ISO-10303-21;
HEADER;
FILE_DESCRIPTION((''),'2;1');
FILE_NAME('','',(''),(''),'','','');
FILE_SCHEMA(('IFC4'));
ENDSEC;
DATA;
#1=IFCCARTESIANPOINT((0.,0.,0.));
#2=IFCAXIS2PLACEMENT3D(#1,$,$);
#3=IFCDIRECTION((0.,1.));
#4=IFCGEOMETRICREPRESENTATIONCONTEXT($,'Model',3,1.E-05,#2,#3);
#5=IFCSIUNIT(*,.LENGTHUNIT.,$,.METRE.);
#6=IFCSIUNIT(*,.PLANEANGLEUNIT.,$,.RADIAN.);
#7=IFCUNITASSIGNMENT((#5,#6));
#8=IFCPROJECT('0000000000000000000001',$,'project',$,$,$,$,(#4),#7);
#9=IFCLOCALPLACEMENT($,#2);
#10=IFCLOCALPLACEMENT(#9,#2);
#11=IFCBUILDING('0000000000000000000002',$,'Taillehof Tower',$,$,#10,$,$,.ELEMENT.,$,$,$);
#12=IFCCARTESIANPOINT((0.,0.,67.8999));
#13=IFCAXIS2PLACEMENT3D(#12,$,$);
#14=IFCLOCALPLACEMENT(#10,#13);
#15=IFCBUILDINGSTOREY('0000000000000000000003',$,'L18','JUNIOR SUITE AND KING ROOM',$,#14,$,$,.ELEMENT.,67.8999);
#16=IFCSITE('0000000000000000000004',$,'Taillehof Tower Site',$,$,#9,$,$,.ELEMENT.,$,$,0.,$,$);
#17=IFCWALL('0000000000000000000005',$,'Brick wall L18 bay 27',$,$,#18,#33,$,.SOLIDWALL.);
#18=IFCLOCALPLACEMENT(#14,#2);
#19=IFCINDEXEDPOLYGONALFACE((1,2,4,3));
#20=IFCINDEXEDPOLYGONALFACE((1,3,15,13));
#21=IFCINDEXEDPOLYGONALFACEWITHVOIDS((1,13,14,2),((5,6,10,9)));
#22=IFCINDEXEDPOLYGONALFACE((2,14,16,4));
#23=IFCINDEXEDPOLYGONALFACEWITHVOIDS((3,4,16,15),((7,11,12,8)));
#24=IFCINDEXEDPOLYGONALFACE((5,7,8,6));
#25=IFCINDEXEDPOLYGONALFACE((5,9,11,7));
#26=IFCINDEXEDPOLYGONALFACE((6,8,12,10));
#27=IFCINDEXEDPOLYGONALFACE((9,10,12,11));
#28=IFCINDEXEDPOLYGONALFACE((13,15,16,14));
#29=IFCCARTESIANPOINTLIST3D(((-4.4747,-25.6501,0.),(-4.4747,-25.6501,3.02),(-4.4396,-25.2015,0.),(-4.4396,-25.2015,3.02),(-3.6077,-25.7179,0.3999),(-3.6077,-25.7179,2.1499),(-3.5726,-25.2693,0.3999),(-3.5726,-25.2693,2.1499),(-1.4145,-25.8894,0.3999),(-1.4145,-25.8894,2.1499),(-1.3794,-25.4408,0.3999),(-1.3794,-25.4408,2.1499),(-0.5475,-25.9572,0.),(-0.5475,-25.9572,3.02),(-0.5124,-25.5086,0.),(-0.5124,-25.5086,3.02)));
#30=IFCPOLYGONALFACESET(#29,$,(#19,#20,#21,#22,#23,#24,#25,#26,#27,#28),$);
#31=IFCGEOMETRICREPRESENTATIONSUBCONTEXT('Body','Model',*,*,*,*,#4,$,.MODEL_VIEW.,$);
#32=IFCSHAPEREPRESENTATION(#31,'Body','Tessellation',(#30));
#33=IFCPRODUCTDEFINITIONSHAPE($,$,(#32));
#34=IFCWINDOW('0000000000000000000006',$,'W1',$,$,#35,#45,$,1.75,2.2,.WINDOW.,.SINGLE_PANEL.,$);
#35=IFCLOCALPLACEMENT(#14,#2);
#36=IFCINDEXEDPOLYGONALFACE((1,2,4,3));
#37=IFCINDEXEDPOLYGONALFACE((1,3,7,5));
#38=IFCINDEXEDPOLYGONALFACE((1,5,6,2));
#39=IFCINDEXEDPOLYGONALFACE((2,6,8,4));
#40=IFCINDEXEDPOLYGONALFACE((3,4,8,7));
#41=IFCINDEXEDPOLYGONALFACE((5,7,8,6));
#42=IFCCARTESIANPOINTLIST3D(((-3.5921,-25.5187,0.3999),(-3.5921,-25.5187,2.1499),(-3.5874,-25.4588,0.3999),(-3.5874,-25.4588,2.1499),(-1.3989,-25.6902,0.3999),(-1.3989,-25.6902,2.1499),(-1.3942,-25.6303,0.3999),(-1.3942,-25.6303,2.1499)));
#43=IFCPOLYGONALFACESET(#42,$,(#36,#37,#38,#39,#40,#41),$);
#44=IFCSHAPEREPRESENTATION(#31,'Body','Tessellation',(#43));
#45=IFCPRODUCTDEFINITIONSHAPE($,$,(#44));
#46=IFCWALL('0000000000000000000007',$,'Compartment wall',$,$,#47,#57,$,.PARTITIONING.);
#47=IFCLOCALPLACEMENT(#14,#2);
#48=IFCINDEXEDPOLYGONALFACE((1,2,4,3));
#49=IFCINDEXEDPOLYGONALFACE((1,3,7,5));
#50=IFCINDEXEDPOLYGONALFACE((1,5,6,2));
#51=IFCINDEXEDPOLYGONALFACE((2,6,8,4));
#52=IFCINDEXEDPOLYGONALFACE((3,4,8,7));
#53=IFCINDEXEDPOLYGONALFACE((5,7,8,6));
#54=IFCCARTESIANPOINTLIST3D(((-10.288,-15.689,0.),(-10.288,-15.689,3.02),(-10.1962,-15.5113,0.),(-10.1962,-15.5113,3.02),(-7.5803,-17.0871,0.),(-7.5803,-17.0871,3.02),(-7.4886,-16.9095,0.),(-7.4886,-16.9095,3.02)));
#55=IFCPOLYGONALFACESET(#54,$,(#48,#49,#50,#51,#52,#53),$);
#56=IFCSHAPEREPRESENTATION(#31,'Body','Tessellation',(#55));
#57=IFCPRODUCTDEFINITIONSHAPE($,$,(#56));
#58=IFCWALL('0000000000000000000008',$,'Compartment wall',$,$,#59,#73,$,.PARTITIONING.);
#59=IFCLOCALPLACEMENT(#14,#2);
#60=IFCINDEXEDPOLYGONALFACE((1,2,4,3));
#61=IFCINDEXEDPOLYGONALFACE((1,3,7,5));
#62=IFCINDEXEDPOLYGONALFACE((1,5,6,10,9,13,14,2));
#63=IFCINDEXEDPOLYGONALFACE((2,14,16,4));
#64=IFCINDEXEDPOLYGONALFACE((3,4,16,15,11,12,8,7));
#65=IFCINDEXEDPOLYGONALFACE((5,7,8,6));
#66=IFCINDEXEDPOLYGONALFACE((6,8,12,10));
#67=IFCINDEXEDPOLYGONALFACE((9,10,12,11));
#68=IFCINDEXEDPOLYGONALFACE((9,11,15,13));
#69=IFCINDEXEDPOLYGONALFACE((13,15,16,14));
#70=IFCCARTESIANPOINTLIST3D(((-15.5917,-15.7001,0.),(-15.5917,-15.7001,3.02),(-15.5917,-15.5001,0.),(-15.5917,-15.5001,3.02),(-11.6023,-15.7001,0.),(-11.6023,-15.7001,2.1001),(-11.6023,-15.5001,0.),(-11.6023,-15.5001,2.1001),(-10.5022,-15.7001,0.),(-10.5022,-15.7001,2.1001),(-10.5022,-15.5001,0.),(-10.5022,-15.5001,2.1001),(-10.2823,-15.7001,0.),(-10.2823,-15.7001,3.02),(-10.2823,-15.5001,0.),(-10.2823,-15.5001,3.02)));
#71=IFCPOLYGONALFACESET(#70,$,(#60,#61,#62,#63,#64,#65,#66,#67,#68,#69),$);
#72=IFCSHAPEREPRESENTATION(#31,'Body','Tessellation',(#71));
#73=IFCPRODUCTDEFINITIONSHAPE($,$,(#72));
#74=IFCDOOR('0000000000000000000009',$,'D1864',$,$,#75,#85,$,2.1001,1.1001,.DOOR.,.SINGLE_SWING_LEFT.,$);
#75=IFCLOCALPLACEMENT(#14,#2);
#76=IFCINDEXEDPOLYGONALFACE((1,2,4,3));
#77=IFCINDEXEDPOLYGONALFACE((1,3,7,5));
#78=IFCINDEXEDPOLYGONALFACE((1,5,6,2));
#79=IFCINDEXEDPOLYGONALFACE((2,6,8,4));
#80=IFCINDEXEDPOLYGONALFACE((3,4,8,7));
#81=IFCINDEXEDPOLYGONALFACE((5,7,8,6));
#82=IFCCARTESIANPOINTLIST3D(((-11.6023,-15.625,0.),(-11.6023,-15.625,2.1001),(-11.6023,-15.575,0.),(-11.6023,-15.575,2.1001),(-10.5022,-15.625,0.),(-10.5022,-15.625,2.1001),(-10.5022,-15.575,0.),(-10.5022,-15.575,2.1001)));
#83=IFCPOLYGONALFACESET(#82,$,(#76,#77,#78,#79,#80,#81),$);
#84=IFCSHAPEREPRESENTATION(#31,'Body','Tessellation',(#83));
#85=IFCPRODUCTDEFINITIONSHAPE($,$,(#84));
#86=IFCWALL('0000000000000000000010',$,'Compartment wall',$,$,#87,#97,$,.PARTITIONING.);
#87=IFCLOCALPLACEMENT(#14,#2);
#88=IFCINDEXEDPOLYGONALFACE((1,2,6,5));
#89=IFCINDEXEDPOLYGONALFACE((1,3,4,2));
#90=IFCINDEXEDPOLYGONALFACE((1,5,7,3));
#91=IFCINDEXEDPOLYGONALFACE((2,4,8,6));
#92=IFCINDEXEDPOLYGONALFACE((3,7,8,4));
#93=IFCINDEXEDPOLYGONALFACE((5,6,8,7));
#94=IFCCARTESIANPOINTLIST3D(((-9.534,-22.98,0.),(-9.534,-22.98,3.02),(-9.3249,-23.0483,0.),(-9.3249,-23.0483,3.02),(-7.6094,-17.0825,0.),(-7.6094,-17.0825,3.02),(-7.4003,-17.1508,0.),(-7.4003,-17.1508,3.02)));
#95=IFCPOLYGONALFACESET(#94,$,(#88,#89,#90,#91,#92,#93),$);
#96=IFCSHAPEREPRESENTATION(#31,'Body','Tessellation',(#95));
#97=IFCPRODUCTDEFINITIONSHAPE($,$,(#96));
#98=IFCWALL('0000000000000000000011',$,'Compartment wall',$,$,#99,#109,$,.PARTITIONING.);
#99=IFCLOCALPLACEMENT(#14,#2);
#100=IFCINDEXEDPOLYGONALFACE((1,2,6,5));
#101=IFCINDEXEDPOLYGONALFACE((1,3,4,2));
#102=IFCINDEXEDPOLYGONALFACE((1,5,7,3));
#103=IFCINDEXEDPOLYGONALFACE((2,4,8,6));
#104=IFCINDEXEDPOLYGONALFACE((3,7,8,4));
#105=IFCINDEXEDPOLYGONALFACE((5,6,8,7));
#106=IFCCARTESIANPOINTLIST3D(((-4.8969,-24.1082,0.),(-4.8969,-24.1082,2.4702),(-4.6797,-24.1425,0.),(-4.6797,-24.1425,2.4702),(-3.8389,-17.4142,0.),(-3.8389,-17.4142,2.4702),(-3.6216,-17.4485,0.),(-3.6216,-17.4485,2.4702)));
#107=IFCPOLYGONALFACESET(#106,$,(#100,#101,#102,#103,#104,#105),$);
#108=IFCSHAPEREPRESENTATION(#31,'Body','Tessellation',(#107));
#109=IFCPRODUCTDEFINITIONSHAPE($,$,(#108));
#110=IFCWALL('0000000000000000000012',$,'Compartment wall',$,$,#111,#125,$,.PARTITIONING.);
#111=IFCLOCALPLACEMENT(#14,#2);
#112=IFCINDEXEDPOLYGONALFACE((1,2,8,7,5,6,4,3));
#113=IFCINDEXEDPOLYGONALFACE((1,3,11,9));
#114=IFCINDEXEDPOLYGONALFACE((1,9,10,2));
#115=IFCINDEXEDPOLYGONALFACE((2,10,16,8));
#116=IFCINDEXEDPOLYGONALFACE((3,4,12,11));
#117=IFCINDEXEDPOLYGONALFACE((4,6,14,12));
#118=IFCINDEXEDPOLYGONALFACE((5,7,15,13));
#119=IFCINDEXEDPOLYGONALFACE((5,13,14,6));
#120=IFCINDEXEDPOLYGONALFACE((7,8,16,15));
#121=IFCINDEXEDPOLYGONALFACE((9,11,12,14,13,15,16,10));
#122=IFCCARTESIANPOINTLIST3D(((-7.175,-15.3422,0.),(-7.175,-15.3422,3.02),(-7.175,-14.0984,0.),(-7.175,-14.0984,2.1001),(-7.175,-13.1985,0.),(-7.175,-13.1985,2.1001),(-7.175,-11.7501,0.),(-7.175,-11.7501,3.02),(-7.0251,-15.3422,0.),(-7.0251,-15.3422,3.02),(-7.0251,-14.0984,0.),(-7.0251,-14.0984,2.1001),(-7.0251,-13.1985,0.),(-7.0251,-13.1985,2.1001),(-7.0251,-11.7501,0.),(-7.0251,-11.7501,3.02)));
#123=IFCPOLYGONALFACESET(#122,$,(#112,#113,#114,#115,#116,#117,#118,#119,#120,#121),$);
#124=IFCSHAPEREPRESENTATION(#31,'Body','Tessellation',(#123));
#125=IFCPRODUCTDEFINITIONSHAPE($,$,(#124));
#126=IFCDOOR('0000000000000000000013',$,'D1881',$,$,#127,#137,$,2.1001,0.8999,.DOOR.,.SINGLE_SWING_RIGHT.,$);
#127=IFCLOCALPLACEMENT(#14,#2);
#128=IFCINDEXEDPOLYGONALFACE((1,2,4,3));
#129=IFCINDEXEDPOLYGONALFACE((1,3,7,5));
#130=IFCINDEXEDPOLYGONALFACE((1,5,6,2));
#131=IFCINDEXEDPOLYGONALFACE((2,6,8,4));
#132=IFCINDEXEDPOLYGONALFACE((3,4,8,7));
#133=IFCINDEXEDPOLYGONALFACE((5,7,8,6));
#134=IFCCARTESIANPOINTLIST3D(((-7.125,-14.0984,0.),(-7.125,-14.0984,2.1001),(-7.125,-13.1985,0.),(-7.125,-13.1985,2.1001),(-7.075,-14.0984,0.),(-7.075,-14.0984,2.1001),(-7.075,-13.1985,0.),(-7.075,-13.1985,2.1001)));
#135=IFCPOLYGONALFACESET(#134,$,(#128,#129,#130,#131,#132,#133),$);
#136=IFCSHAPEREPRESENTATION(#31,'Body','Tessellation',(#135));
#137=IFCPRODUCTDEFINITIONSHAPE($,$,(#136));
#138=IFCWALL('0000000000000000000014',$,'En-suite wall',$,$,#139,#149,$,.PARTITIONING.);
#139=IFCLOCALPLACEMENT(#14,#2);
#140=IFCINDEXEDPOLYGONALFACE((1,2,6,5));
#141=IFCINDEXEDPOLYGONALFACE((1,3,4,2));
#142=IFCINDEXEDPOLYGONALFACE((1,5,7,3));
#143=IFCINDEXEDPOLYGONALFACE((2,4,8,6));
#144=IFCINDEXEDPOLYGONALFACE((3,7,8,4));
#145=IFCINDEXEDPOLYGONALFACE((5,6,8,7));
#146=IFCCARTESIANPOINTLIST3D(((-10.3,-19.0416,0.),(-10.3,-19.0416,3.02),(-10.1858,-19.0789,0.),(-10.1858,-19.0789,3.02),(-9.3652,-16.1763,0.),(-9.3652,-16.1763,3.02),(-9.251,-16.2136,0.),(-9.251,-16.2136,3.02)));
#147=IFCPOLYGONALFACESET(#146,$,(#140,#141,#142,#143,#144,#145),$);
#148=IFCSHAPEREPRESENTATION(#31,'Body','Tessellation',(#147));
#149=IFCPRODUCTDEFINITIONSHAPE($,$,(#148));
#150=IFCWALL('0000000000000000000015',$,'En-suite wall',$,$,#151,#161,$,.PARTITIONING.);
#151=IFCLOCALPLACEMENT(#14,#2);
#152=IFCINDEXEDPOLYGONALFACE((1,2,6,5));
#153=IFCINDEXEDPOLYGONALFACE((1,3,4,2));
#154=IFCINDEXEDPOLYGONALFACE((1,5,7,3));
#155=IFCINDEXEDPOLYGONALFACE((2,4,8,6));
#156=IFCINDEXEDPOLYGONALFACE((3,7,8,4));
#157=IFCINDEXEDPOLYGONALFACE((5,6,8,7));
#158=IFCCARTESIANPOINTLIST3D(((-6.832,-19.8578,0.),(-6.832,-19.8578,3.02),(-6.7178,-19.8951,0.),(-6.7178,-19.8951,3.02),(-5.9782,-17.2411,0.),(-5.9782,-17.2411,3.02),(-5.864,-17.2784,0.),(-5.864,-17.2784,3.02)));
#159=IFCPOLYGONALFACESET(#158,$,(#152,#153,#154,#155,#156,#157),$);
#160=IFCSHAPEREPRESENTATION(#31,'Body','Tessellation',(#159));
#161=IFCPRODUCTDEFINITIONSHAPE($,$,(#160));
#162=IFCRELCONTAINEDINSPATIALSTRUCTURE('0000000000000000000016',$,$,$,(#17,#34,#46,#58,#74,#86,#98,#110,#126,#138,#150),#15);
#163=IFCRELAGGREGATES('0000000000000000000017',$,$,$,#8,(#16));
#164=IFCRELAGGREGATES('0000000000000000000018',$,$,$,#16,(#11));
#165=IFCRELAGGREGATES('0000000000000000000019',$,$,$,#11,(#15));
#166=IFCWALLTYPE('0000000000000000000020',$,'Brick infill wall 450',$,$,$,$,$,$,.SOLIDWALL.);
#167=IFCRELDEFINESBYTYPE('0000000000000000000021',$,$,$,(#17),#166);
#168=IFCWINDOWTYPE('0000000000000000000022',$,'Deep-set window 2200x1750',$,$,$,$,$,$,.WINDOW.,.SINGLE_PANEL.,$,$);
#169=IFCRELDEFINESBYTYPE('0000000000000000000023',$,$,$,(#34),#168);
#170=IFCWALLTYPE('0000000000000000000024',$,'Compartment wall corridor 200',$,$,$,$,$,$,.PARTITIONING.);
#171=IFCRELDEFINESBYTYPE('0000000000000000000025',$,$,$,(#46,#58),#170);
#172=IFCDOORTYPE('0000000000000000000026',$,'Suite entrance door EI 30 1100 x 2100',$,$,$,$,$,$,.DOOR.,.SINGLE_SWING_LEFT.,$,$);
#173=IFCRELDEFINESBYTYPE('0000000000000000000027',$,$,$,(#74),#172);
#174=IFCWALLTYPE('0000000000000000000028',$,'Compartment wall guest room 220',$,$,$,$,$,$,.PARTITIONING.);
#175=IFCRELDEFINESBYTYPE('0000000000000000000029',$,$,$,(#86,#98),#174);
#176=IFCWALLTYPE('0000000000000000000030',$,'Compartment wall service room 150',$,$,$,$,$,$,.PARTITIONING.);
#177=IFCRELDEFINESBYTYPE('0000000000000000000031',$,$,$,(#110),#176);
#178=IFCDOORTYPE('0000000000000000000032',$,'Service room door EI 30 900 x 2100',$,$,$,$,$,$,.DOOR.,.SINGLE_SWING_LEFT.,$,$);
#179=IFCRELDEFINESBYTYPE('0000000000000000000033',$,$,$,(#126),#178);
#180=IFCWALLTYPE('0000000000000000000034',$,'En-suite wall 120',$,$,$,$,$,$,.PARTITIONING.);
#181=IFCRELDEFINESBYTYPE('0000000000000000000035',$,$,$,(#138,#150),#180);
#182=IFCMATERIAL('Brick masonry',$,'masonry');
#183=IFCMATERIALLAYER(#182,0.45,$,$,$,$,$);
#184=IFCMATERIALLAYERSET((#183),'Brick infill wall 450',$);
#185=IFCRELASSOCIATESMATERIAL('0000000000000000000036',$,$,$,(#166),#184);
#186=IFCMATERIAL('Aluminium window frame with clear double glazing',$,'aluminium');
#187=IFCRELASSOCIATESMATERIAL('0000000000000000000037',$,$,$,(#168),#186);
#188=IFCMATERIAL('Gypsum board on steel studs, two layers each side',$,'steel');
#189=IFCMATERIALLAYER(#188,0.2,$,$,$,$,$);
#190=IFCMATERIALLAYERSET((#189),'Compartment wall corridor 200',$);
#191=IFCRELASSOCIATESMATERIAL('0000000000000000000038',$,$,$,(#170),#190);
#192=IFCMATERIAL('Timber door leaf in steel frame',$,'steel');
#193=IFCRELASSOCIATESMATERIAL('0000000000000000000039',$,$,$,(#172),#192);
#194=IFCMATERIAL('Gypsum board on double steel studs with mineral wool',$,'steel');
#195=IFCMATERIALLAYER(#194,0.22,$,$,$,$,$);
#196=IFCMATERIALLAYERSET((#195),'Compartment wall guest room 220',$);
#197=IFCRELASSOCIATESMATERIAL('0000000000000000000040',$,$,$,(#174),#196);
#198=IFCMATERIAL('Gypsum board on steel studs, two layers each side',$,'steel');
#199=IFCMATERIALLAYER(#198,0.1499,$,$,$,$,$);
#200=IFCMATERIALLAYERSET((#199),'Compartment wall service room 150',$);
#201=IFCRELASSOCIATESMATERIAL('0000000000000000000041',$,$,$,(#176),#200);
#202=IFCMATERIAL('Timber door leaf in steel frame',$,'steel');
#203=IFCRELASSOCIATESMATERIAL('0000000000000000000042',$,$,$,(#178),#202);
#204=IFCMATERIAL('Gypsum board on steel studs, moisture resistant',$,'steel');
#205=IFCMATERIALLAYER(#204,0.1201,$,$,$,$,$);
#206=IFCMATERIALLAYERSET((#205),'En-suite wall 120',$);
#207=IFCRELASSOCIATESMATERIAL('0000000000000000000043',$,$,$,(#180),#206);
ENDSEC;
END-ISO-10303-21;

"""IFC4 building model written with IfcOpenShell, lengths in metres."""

from ifc_helpers import new_model, si_unit, direction, frame, frame_2d, origin, place, context, subcontext, project, spatial, rectangle, extrude, material, layer, layer_set, type_object, element, fill, save


model = new_model("IFC4")

# Units and contexts
model_context = context("Model", 3, precision=1e-05, world=origin(), true_north=direction((0.0, 1.0)))
body_context = subcontext(model_context, "Body", "Model", "MODEL_VIEW")
ifc_project = project(units=[si_unit("LENGTHUNIT", "METRE"), si_unit("PLANEANGLEUNIT", "RADIAN")], contexts=[model_context])

# Site, building, storey
site_placement = place(None, origin())
site = spatial("IfcSite", under=ifc_project, at=site_placement, Name="Taillehof Tower Site", CompositionType="ELEMENT", RefElevation=0.0)
building_placement = place(site_placement, origin())
building = spatial("IfcBuilding", under=site, at=building_placement, Name="Taillehof Tower", CompositionType="ELEMENT")
storey_placement = place(building_placement, frame((0.0, 0.0, 67.8999)))
storey = spatial("IfcBuildingStorey", under=building, at=storey_placement, Name="L18", Description="JUNIOR SUITE AND KING ROOM", CompositionType="ELEMENT", Elevation=67.8999)

# Wall, opening, window
ifc_material_1 = material(Name="Brick masonry", Category="masonry")
ifc_layer_1 = layer(ifc_material_1, 0.45)
ifc_layer_set_1 = layer_set([ifc_layer_1], Name="Brick infill wall 450")
wall_type_1 = type_object("IfcWallType", Name="Brick infill wall 450", PredefinedType="SOLIDWALL", material=ifc_layer_set_1)
ifc_material_2 = material(Name="Aluminium window frame with clear double glazing", Category="aluminium")
window_type = type_object("IfcWindowType", Name="Deep-set window 2200x1750", PartitioningType="SINGLE_PANEL", PredefinedType="WINDOW", material=ifc_material_2)
wall_1_placement = place(storey_placement, frame((-4.4573, -25.4258, 0.0), z_axis=(0.0, 0.0, 1.0), x_axis=(0.996956, -0.077967, 0.0)))
wall_1 = element("IfcWall", 1, at=wall_1_placement, inside=storey, type_object=wall_type_1, Name="Brick wall L18 bay 27", PredefinedType="SOLIDWALL", context=body_context, shape_type="SweptSolid", body=[
    extrude(rectangle(XDim=3.9392, YDim=0.45, at=frame_2d((1.9697, 0.0))), origin(), (0.0, 0.0, 1.0), 3.02),
])
opening_1_placement = place(wall_1_placement, frame((0.8696, 0.0, 0.3999)))
opening_1 = element("IfcOpeningElement", 2, at=opening_1_placement, cuts=wall_1, PredefinedType="OPENING", context=body_context, shape_type="SweptSolid", body=[
    extrude(rectangle(XDim=2.2, YDim=1.75, at=frame_2d((1.1001, 0.875))), frame((0.0, 0.2349, 0.0), z_axis=(0.0, -1.0, 0.0), x_axis=(1.0, 0.0, 0.0)), (0.0, 0.0, 1.0), 0.47),
])
window_1_placement = place(opening_1_placement, origin())
window_1 = element("IfcWindow", 3, at=window_1_placement, inside=storey, type_object=window_type, Name="W1", OverallHeight=1.75, OverallWidth=2.2, PartitioningType="SINGLE_PANEL", PredefinedType="WINDOW", context=body_context, shape_type="SweptSolid", body=[
    extrude(rectangle(XDim=2.2, YDim=1.75, at=frame_2d((1.1001, 0.875))), frame((0.0, 0.0349, 0.0), z_axis=(0.0, -1.0, 0.0), x_axis=(1.0, 0.0, 0.0)), (0.0, 0.0, 1.0), 0.0601),
])
fill(opening_1, window_1)

# Wall
ifc_material_3 = material(Name="Gypsum board on steel studs, two layers each side", Category="steel")
ifc_layer_2 = layer(ifc_material_3, 0.2)
ifc_layer_set_2 = layer_set([ifc_layer_2], Name="Compartment wall corridor 200")
wall_type_2 = type_object("IfcWallType", Name="Compartment wall corridor 200", PredefinedType="PARTITIONING", material=ifc_layer_set_2)
wall_2_placement = place(storey_placement, frame((-7.5344, -16.9983, 0.0), z_axis=(0.0, 0.0, 1.0), x_axis=(-0.888535, 0.458808, 0.0)))
element("IfcWall", 4, at=wall_2_placement, inside=storey, type_object=wall_type_2, Name="Compartment wall", PredefinedType="PARTITIONING", context=body_context, shape_type="SweptSolid", body=[
    extrude(rectangle(XDim=3.0474, YDim=0.2, at=frame_2d((1.5237, 0.0))), origin(), (0.0, 0.0, 1.0), 3.02),
])

# Wall, opening, door
wall_3_placement = place(storey_placement, frame((-10.2822, -15.6001, 0.0), z_axis=(0.0, 0.0, 1.0), x_axis=(-1.0, 0.0, 0.0)))
wall_3 = element("IfcWall", 5, at=wall_3_placement, inside=storey, type_object=wall_type_2, Name="Compartment wall", PredefinedType="PARTITIONING", context=body_context, shape_type="SweptSolid", body=[
    extrude(rectangle(XDim=5.3093, YDim=0.2, at=frame_2d((2.6548, 0.0))), origin(), (0.0, 0.0, 1.0), 3.02),
])
opening_2_placement = place(wall_3_placement, frame((0.22, 0.0, 0.0)))
opening_2 = element("IfcOpeningElement", 6, at=opening_2_placement, cuts=wall_3, PredefinedType="OPENING", context=body_context, shape_type="SweptSolid", body=[
    extrude(rectangle(XDim=1.1001, YDim=2.1001, at=frame_2d((0.55, 1.05))), frame((0.0, 0.1099, 0.0), z_axis=(0.0, -1.0, 0.0), x_axis=(1.0, 0.0, 0.0)), (0.0, 0.0, 1.0), 0.22),
])
ifc_material_4 = material(Name="Timber door leaf in steel frame", Category="steel")
door_type_1 = type_object("IfcDoorType", Name="Suite entrance door EI 30 1100 x 2100", OperationType="SINGLE_SWING_LEFT", PredefinedType="DOOR", material=ifc_material_4)
door_1_placement = place(opening_2_placement, origin())
door_1 = element("IfcDoor", 7, at=door_1_placement, inside=storey, type_object=door_type_1, Name="D1864", OperationType="SINGLE_SWING_LEFT", OverallHeight=2.1001, OverallWidth=1.1001, PredefinedType="DOOR", context=body_context, shape_type="SweptSolid", body=[
    extrude(rectangle(XDim=1.1001, YDim=2.1001, at=frame_2d((0.55, 1.05))), frame((0.0, 0.0249, 0.0), z_axis=(0.0, -1.0, 0.0), x_axis=(1.0, 0.0, 0.0)), (0.0, 0.0, 1.0), 0.05),
])
fill(opening_2, door_1)

# Walls
ifc_material_5 = material(Name="Gypsum board on double steel studs with mineral wool", Category="steel")
ifc_layer_3 = layer(ifc_material_5, 0.22)
ifc_layer_set_3 = layer_set([ifc_layer_3], Name="Compartment wall guest room 220")
wall_type_3 = type_object("IfcWallType", Name="Compartment wall guest room 220", PredefinedType="PARTITIONING", material=ifc_layer_set_3)
wall_4_placement = place(storey_placement, frame((-9.4294, -23.0142, 0.0), z_axis=(0.0, 0.0, 1.0), x_axis=(0.310236, 0.95066, 0.0)))
element("IfcWall", 8, at=wall_4_placement, inside=storey, type_object=wall_type_3, Name="Compartment wall", PredefinedType="PARTITIONING", context=body_context, shape_type="SweptSolid", body=[
    extrude(rectangle(XDim=6.2036, YDim=0.22, at=frame_2d((3.1018, 0.0))), origin(), (0.0, 0.0, 1.0), 3.02),
])
wall_5_placement = place(storey_placement, frame((-4.7883, -24.1255, 0.0), z_axis=(0.0, 0.0, 1.0), x_axis=(0.156127, 0.987737, 0.0)))
element("IfcWall", 9, at=wall_5_placement, inside=storey, type_object=wall_type_3, Name="Compartment wall", PredefinedType="PARTITIONING", context=body_context, shape_type="SweptSolid", body=[
    extrude(rectangle(XDim=6.7771, YDim=0.22, at=frame_2d((3.3887, 0.0))), origin(), (0.0, 0.0, 1.0), 2.4702),
])

# Wall, opening, door
ifc_material_6 = material(Name="Gypsum board on steel studs, two layers each side", Category="steel")
ifc_layer_4 = layer(ifc_material_6, 0.1499)
ifc_layer_set_4 = layer_set([ifc_layer_4], Name="Compartment wall service room 150")
wall_type_4 = type_object("IfcWallType", Name="Compartment wall service room 150", PredefinedType="PARTITIONING", material=ifc_layer_set_4)
wall_6_placement = place(storey_placement, frame((-7.1001, -15.342, 0.0), z_axis=(0.0, 0.0, 1.0), x_axis=(0.0, 1.0, 0.0)))
wall_6 = element("IfcWall", 10, at=wall_6_placement, inside=storey, type_object=wall_type_4, Name="Compartment wall", PredefinedType="PARTITIONING", context=body_context, shape_type="SweptSolid", body=[
    extrude(rectangle(XDim=3.592, YDim=0.1499, at=frame_2d((1.7959, 0.0))), origin(), (0.0, 0.0, 1.0), 3.02),
])
opening_3_placement = place(wall_6_placement, frame((1.2437, 0.0, 0.0)))
opening_3 = element("IfcOpeningElement", 11, at=opening_3_placement, cuts=wall_6, PredefinedType="OPENING", context=body_context, shape_type="SweptSolid", body=[
    extrude(rectangle(XDim=0.8999, YDim=2.1001, at=frame_2d((0.45, 1.05))), frame((0.0, 0.085, 0.0), z_axis=(0.0, -1.0, 0.0), x_axis=(1.0, 0.0, 0.0)), (0.0, 0.0, 1.0), 0.1699),
])
ifc_material_7 = material(Name="Timber door leaf in steel frame", Category="steel")
door_type_2 = type_object("IfcDoorType", Name="Service room door EI 30 900 x 2100", OperationType="SINGLE_SWING_LEFT", PredefinedType="DOOR", material=ifc_material_7)
door_2_placement = place(opening_3_placement, origin())
door_2 = element("IfcDoor", 12, at=door_2_placement, inside=storey, type_object=door_type_2, Name="D1881", OperationType="SINGLE_SWING_RIGHT", OverallHeight=2.1001, OverallWidth=0.8999, PredefinedType="DOOR", context=body_context, shape_type="SweptSolid", body=[
    extrude(rectangle(XDim=0.8999, YDim=2.1001, at=frame_2d((0.45, 1.05))), frame((0.0, 0.0249, 0.0), z_axis=(0.0, -1.0, 0.0), x_axis=(1.0, 0.0, 0.0)), (0.0, 0.0, 1.0), 0.05),
])
fill(opening_3, door_2)

# Walls
ifc_material_8 = material(Name="Gypsum board on steel studs, moisture resistant", Category="steel")
ifc_layer_5 = layer(ifc_material_8, 0.1201)
ifc_layer_set_5 = layer_set([ifc_layer_5], Name="En-suite wall 120")
wall_type_5 = type_object("IfcWallType", Name="En-suite wall 120", PredefinedType="PARTITIONING", material=ifc_layer_set_5)
wall_7_placement = place(storey_placement, frame((-9.3081, -16.1951, 0.0), z_axis=(0.0, 0.0, 1.0), x_axis=(-0.31017, -0.950681, 0.0)))
element("IfcWall", 13, at=wall_7_placement, inside=storey, type_object=wall_type_5, Name="En-suite wall", PredefinedType="PARTITIONING", context=body_context, shape_type="SweptSolid", body=[
    extrude(rectangle(XDim=3.0139, YDim=0.1201, at=frame_2d((1.5068, 0.0))), origin(), (0.0, 0.0, 1.0), 3.02),
])
wall_8_placement = place(storey_placement, frame((-5.9211, -17.2598, 0.0), z_axis=(0.0, 0.0, 1.0), x_axis=(-0.310181, -0.950678, 0.0)))
element("IfcWall", 14, at=wall_8_placement, inside=storey, type_object=wall_type_5, Name="En-suite wall", PredefinedType="PARTITIONING", context=body_context, shape_type="SweptSolid", body=[
    extrude(rectangle(XDim=2.7524, YDim=0.1201, at=frame_2d((1.3762, 0.0))), origin(), (0.0, 0.0, 1.0), 3.02),
])

save(model, "model.ifc")
